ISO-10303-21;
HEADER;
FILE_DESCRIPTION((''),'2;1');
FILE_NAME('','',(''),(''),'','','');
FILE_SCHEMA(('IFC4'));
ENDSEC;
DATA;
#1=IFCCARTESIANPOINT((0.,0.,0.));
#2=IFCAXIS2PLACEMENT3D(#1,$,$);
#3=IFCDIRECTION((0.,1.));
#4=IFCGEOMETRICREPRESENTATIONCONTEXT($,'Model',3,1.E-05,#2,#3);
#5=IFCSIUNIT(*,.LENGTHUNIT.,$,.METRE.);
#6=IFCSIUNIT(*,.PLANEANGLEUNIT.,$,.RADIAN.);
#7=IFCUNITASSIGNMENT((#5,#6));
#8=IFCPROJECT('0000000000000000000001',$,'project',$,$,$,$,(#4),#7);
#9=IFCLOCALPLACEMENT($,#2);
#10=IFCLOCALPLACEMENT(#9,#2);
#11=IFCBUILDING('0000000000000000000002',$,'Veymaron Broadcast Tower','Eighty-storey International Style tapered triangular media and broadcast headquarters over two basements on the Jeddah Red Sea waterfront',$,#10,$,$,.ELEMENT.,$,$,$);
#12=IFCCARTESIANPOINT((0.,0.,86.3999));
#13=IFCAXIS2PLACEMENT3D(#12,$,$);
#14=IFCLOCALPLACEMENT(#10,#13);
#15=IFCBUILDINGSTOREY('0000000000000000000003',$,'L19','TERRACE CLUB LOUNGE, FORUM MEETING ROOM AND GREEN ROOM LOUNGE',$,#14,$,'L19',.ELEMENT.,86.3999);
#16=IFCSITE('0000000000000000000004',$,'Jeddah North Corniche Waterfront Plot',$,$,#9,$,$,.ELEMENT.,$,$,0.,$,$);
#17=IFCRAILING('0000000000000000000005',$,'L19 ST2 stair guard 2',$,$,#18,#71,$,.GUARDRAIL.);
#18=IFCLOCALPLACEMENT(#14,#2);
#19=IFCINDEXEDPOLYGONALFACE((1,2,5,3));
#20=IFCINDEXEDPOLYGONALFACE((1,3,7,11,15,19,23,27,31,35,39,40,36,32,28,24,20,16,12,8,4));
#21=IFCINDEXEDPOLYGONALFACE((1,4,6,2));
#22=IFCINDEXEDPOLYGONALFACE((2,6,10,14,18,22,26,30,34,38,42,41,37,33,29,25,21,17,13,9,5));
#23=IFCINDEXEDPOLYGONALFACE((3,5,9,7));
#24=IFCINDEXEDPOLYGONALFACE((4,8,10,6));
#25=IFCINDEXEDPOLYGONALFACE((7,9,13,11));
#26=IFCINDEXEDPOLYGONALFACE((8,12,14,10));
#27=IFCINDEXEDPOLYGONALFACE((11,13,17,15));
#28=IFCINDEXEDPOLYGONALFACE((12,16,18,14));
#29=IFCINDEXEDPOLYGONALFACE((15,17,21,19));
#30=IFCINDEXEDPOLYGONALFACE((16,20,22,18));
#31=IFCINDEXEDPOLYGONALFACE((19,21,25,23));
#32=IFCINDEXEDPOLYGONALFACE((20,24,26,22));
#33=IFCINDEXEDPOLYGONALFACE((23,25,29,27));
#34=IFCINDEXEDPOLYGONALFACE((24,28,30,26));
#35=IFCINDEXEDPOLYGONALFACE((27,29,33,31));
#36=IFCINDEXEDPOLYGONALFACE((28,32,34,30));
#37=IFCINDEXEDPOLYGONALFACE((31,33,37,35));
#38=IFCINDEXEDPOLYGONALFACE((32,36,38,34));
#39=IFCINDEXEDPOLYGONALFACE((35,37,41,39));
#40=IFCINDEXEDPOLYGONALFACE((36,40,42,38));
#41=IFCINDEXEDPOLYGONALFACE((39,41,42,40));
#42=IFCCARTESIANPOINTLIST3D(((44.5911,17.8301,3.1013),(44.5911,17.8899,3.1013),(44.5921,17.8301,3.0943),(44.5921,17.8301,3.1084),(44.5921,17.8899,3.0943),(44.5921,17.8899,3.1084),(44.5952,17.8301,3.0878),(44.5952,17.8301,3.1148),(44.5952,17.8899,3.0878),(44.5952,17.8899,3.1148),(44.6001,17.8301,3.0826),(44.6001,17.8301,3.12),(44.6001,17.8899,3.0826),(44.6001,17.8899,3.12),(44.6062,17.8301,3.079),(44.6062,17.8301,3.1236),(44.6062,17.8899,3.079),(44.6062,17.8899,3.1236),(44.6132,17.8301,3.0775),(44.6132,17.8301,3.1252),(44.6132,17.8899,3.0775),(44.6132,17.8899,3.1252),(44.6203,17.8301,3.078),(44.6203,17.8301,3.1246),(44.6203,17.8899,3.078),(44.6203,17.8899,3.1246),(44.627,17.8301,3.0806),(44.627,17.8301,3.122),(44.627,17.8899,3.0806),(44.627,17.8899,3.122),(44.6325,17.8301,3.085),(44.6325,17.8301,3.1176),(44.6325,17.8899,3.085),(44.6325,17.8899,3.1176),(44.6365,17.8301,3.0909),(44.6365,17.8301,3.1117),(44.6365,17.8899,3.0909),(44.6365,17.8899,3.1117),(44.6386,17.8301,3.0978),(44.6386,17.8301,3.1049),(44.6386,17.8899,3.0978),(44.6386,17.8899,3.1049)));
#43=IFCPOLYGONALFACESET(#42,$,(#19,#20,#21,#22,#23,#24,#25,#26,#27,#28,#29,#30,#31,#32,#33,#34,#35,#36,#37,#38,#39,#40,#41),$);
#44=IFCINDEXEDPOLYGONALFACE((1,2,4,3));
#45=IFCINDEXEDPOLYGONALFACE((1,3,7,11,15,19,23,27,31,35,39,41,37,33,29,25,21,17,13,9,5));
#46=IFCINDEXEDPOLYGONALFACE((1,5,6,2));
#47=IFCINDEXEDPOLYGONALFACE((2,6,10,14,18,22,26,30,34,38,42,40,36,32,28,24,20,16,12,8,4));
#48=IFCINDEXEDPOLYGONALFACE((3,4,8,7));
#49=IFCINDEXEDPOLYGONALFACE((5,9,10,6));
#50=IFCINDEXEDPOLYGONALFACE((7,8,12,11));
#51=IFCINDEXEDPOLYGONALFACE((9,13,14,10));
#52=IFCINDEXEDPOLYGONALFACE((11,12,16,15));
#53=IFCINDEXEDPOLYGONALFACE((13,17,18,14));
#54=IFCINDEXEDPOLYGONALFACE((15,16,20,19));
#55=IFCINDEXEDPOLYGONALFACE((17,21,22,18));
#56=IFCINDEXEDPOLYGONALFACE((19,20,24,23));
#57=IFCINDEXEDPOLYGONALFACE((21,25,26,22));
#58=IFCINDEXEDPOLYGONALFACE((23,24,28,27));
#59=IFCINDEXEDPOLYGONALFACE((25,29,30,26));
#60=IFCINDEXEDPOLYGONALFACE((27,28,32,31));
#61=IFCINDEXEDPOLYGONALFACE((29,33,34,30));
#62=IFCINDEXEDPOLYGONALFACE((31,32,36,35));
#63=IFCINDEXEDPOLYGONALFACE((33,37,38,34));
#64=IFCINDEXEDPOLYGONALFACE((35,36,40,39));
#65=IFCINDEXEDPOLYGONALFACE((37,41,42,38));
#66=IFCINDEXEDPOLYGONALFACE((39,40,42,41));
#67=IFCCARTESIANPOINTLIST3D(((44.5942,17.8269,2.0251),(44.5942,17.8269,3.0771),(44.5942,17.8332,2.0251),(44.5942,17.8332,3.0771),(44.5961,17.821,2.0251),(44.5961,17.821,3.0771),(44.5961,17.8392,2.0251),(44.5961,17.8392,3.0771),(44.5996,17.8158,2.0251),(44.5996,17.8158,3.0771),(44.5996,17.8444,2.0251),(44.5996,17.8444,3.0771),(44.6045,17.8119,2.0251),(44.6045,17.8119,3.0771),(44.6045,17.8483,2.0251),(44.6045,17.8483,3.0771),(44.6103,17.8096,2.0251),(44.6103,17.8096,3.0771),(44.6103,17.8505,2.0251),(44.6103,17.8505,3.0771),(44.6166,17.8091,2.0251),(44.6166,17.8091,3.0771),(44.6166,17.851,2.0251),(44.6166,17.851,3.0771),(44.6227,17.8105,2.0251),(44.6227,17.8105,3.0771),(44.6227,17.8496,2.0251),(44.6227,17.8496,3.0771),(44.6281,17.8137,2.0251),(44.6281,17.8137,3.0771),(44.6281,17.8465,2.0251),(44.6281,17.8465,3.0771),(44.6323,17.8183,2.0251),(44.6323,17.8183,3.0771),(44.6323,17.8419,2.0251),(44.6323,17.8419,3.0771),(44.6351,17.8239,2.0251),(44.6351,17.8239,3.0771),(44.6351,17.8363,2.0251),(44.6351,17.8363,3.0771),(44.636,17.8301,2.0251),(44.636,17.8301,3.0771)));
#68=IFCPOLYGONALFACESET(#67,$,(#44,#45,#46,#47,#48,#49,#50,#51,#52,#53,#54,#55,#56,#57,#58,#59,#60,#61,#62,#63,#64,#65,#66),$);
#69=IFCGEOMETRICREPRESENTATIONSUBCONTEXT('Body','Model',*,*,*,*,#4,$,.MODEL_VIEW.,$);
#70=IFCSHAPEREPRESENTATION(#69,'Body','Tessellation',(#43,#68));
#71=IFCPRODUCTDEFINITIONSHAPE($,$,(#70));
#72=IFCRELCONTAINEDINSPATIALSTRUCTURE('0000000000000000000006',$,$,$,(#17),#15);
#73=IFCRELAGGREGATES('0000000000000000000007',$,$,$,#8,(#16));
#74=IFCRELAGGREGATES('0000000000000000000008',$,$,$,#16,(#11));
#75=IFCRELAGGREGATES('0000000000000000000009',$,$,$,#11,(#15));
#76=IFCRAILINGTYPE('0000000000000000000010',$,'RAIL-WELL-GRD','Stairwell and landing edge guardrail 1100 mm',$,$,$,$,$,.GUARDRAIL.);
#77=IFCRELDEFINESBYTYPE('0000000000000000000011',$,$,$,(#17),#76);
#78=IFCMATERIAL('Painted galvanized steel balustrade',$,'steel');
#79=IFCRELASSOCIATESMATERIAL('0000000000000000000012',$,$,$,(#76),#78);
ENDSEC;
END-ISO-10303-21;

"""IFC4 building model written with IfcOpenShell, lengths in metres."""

from ifc_helpers import new_model, si_unit, direction, frame, origin, origin_2d, place, context, subcontext, project, spatial, circle, extrude, material, type_object, element, save


model = new_model("IFC4")

# Units and contexts
model_context = context("Model", 3, precision=1e-05, world=origin(), true_north=direction((0.0, 1.0)))
body_context = subcontext(model_context, "Body", "Model", "MODEL_VIEW")
ifc_project = project(units=[si_unit("LENGTHUNIT", "METRE"), si_unit("PLANEANGLEUNIT", "RADIAN")], contexts=[model_context])

# Site, building, storey
site_placement = place(None, origin())
site = spatial("IfcSite", under=ifc_project, at=site_placement, Name="Jeddah North Corniche Waterfront Plot", CompositionType="ELEMENT", RefElevation=0.0)
building_placement = place(site_placement, origin())
building = spatial("IfcBuilding", under=site, at=building_placement, Name="Veymaron Broadcast Tower", Description="Eighty-storey International Style tapered triangular media and broadcast headquarters over two basements on the Jeddah Red Sea waterfront", CompositionType="ELEMENT")
storey_placement = place(building_placement, frame((0.0, 0.0, 86.3999)))
storey = spatial("IfcBuildingStorey", under=building, at=storey_placement, Name="L19", Description="TERRACE CLUB LOUNGE, FORUM MEETING ROOM AND GREEN ROOM LOUNGE", LongName="L19", CompositionType="ELEMENT", Elevation=86.3999)

# Railing
ifc_material_1 = material(Name="Painted galvanized steel balustrade", Category="steel")
railing_type_1 = type_object("IfcRailingType", Name="RAIL-WELL-GRD", Description="Stairwell and landing edge guardrail 1100 mm", PredefinedType="GUARDRAIL", material=ifc_material_1)
railing_1_placement = place(storey_placement, frame((44.615, 17.8301, 2.0251)))
element("IfcRailing", 1, at=railing_1_placement, inside=storey, type_object=railing_type_1, Name="L19 ST2 stair guard 2", PredefinedType="GUARDRAIL", context=body_context, shape_type="SweptSolid", body=[
    extrude(circle(Radius=0.0239, at=origin_2d()), frame((0.0, 0.0, 1.0762), z_axis=(0.0, 1.0, 0.0), x_axis=(-1.0, 0.0, 0.0)), (0.0, 0.0, 1.0), 0.0598),
    extrude(circle(Radius=0.021, at=origin_2d()), origin(), (0.0, 0.0, 1.0), 1.052),
])

save(model, "model.ifc")
